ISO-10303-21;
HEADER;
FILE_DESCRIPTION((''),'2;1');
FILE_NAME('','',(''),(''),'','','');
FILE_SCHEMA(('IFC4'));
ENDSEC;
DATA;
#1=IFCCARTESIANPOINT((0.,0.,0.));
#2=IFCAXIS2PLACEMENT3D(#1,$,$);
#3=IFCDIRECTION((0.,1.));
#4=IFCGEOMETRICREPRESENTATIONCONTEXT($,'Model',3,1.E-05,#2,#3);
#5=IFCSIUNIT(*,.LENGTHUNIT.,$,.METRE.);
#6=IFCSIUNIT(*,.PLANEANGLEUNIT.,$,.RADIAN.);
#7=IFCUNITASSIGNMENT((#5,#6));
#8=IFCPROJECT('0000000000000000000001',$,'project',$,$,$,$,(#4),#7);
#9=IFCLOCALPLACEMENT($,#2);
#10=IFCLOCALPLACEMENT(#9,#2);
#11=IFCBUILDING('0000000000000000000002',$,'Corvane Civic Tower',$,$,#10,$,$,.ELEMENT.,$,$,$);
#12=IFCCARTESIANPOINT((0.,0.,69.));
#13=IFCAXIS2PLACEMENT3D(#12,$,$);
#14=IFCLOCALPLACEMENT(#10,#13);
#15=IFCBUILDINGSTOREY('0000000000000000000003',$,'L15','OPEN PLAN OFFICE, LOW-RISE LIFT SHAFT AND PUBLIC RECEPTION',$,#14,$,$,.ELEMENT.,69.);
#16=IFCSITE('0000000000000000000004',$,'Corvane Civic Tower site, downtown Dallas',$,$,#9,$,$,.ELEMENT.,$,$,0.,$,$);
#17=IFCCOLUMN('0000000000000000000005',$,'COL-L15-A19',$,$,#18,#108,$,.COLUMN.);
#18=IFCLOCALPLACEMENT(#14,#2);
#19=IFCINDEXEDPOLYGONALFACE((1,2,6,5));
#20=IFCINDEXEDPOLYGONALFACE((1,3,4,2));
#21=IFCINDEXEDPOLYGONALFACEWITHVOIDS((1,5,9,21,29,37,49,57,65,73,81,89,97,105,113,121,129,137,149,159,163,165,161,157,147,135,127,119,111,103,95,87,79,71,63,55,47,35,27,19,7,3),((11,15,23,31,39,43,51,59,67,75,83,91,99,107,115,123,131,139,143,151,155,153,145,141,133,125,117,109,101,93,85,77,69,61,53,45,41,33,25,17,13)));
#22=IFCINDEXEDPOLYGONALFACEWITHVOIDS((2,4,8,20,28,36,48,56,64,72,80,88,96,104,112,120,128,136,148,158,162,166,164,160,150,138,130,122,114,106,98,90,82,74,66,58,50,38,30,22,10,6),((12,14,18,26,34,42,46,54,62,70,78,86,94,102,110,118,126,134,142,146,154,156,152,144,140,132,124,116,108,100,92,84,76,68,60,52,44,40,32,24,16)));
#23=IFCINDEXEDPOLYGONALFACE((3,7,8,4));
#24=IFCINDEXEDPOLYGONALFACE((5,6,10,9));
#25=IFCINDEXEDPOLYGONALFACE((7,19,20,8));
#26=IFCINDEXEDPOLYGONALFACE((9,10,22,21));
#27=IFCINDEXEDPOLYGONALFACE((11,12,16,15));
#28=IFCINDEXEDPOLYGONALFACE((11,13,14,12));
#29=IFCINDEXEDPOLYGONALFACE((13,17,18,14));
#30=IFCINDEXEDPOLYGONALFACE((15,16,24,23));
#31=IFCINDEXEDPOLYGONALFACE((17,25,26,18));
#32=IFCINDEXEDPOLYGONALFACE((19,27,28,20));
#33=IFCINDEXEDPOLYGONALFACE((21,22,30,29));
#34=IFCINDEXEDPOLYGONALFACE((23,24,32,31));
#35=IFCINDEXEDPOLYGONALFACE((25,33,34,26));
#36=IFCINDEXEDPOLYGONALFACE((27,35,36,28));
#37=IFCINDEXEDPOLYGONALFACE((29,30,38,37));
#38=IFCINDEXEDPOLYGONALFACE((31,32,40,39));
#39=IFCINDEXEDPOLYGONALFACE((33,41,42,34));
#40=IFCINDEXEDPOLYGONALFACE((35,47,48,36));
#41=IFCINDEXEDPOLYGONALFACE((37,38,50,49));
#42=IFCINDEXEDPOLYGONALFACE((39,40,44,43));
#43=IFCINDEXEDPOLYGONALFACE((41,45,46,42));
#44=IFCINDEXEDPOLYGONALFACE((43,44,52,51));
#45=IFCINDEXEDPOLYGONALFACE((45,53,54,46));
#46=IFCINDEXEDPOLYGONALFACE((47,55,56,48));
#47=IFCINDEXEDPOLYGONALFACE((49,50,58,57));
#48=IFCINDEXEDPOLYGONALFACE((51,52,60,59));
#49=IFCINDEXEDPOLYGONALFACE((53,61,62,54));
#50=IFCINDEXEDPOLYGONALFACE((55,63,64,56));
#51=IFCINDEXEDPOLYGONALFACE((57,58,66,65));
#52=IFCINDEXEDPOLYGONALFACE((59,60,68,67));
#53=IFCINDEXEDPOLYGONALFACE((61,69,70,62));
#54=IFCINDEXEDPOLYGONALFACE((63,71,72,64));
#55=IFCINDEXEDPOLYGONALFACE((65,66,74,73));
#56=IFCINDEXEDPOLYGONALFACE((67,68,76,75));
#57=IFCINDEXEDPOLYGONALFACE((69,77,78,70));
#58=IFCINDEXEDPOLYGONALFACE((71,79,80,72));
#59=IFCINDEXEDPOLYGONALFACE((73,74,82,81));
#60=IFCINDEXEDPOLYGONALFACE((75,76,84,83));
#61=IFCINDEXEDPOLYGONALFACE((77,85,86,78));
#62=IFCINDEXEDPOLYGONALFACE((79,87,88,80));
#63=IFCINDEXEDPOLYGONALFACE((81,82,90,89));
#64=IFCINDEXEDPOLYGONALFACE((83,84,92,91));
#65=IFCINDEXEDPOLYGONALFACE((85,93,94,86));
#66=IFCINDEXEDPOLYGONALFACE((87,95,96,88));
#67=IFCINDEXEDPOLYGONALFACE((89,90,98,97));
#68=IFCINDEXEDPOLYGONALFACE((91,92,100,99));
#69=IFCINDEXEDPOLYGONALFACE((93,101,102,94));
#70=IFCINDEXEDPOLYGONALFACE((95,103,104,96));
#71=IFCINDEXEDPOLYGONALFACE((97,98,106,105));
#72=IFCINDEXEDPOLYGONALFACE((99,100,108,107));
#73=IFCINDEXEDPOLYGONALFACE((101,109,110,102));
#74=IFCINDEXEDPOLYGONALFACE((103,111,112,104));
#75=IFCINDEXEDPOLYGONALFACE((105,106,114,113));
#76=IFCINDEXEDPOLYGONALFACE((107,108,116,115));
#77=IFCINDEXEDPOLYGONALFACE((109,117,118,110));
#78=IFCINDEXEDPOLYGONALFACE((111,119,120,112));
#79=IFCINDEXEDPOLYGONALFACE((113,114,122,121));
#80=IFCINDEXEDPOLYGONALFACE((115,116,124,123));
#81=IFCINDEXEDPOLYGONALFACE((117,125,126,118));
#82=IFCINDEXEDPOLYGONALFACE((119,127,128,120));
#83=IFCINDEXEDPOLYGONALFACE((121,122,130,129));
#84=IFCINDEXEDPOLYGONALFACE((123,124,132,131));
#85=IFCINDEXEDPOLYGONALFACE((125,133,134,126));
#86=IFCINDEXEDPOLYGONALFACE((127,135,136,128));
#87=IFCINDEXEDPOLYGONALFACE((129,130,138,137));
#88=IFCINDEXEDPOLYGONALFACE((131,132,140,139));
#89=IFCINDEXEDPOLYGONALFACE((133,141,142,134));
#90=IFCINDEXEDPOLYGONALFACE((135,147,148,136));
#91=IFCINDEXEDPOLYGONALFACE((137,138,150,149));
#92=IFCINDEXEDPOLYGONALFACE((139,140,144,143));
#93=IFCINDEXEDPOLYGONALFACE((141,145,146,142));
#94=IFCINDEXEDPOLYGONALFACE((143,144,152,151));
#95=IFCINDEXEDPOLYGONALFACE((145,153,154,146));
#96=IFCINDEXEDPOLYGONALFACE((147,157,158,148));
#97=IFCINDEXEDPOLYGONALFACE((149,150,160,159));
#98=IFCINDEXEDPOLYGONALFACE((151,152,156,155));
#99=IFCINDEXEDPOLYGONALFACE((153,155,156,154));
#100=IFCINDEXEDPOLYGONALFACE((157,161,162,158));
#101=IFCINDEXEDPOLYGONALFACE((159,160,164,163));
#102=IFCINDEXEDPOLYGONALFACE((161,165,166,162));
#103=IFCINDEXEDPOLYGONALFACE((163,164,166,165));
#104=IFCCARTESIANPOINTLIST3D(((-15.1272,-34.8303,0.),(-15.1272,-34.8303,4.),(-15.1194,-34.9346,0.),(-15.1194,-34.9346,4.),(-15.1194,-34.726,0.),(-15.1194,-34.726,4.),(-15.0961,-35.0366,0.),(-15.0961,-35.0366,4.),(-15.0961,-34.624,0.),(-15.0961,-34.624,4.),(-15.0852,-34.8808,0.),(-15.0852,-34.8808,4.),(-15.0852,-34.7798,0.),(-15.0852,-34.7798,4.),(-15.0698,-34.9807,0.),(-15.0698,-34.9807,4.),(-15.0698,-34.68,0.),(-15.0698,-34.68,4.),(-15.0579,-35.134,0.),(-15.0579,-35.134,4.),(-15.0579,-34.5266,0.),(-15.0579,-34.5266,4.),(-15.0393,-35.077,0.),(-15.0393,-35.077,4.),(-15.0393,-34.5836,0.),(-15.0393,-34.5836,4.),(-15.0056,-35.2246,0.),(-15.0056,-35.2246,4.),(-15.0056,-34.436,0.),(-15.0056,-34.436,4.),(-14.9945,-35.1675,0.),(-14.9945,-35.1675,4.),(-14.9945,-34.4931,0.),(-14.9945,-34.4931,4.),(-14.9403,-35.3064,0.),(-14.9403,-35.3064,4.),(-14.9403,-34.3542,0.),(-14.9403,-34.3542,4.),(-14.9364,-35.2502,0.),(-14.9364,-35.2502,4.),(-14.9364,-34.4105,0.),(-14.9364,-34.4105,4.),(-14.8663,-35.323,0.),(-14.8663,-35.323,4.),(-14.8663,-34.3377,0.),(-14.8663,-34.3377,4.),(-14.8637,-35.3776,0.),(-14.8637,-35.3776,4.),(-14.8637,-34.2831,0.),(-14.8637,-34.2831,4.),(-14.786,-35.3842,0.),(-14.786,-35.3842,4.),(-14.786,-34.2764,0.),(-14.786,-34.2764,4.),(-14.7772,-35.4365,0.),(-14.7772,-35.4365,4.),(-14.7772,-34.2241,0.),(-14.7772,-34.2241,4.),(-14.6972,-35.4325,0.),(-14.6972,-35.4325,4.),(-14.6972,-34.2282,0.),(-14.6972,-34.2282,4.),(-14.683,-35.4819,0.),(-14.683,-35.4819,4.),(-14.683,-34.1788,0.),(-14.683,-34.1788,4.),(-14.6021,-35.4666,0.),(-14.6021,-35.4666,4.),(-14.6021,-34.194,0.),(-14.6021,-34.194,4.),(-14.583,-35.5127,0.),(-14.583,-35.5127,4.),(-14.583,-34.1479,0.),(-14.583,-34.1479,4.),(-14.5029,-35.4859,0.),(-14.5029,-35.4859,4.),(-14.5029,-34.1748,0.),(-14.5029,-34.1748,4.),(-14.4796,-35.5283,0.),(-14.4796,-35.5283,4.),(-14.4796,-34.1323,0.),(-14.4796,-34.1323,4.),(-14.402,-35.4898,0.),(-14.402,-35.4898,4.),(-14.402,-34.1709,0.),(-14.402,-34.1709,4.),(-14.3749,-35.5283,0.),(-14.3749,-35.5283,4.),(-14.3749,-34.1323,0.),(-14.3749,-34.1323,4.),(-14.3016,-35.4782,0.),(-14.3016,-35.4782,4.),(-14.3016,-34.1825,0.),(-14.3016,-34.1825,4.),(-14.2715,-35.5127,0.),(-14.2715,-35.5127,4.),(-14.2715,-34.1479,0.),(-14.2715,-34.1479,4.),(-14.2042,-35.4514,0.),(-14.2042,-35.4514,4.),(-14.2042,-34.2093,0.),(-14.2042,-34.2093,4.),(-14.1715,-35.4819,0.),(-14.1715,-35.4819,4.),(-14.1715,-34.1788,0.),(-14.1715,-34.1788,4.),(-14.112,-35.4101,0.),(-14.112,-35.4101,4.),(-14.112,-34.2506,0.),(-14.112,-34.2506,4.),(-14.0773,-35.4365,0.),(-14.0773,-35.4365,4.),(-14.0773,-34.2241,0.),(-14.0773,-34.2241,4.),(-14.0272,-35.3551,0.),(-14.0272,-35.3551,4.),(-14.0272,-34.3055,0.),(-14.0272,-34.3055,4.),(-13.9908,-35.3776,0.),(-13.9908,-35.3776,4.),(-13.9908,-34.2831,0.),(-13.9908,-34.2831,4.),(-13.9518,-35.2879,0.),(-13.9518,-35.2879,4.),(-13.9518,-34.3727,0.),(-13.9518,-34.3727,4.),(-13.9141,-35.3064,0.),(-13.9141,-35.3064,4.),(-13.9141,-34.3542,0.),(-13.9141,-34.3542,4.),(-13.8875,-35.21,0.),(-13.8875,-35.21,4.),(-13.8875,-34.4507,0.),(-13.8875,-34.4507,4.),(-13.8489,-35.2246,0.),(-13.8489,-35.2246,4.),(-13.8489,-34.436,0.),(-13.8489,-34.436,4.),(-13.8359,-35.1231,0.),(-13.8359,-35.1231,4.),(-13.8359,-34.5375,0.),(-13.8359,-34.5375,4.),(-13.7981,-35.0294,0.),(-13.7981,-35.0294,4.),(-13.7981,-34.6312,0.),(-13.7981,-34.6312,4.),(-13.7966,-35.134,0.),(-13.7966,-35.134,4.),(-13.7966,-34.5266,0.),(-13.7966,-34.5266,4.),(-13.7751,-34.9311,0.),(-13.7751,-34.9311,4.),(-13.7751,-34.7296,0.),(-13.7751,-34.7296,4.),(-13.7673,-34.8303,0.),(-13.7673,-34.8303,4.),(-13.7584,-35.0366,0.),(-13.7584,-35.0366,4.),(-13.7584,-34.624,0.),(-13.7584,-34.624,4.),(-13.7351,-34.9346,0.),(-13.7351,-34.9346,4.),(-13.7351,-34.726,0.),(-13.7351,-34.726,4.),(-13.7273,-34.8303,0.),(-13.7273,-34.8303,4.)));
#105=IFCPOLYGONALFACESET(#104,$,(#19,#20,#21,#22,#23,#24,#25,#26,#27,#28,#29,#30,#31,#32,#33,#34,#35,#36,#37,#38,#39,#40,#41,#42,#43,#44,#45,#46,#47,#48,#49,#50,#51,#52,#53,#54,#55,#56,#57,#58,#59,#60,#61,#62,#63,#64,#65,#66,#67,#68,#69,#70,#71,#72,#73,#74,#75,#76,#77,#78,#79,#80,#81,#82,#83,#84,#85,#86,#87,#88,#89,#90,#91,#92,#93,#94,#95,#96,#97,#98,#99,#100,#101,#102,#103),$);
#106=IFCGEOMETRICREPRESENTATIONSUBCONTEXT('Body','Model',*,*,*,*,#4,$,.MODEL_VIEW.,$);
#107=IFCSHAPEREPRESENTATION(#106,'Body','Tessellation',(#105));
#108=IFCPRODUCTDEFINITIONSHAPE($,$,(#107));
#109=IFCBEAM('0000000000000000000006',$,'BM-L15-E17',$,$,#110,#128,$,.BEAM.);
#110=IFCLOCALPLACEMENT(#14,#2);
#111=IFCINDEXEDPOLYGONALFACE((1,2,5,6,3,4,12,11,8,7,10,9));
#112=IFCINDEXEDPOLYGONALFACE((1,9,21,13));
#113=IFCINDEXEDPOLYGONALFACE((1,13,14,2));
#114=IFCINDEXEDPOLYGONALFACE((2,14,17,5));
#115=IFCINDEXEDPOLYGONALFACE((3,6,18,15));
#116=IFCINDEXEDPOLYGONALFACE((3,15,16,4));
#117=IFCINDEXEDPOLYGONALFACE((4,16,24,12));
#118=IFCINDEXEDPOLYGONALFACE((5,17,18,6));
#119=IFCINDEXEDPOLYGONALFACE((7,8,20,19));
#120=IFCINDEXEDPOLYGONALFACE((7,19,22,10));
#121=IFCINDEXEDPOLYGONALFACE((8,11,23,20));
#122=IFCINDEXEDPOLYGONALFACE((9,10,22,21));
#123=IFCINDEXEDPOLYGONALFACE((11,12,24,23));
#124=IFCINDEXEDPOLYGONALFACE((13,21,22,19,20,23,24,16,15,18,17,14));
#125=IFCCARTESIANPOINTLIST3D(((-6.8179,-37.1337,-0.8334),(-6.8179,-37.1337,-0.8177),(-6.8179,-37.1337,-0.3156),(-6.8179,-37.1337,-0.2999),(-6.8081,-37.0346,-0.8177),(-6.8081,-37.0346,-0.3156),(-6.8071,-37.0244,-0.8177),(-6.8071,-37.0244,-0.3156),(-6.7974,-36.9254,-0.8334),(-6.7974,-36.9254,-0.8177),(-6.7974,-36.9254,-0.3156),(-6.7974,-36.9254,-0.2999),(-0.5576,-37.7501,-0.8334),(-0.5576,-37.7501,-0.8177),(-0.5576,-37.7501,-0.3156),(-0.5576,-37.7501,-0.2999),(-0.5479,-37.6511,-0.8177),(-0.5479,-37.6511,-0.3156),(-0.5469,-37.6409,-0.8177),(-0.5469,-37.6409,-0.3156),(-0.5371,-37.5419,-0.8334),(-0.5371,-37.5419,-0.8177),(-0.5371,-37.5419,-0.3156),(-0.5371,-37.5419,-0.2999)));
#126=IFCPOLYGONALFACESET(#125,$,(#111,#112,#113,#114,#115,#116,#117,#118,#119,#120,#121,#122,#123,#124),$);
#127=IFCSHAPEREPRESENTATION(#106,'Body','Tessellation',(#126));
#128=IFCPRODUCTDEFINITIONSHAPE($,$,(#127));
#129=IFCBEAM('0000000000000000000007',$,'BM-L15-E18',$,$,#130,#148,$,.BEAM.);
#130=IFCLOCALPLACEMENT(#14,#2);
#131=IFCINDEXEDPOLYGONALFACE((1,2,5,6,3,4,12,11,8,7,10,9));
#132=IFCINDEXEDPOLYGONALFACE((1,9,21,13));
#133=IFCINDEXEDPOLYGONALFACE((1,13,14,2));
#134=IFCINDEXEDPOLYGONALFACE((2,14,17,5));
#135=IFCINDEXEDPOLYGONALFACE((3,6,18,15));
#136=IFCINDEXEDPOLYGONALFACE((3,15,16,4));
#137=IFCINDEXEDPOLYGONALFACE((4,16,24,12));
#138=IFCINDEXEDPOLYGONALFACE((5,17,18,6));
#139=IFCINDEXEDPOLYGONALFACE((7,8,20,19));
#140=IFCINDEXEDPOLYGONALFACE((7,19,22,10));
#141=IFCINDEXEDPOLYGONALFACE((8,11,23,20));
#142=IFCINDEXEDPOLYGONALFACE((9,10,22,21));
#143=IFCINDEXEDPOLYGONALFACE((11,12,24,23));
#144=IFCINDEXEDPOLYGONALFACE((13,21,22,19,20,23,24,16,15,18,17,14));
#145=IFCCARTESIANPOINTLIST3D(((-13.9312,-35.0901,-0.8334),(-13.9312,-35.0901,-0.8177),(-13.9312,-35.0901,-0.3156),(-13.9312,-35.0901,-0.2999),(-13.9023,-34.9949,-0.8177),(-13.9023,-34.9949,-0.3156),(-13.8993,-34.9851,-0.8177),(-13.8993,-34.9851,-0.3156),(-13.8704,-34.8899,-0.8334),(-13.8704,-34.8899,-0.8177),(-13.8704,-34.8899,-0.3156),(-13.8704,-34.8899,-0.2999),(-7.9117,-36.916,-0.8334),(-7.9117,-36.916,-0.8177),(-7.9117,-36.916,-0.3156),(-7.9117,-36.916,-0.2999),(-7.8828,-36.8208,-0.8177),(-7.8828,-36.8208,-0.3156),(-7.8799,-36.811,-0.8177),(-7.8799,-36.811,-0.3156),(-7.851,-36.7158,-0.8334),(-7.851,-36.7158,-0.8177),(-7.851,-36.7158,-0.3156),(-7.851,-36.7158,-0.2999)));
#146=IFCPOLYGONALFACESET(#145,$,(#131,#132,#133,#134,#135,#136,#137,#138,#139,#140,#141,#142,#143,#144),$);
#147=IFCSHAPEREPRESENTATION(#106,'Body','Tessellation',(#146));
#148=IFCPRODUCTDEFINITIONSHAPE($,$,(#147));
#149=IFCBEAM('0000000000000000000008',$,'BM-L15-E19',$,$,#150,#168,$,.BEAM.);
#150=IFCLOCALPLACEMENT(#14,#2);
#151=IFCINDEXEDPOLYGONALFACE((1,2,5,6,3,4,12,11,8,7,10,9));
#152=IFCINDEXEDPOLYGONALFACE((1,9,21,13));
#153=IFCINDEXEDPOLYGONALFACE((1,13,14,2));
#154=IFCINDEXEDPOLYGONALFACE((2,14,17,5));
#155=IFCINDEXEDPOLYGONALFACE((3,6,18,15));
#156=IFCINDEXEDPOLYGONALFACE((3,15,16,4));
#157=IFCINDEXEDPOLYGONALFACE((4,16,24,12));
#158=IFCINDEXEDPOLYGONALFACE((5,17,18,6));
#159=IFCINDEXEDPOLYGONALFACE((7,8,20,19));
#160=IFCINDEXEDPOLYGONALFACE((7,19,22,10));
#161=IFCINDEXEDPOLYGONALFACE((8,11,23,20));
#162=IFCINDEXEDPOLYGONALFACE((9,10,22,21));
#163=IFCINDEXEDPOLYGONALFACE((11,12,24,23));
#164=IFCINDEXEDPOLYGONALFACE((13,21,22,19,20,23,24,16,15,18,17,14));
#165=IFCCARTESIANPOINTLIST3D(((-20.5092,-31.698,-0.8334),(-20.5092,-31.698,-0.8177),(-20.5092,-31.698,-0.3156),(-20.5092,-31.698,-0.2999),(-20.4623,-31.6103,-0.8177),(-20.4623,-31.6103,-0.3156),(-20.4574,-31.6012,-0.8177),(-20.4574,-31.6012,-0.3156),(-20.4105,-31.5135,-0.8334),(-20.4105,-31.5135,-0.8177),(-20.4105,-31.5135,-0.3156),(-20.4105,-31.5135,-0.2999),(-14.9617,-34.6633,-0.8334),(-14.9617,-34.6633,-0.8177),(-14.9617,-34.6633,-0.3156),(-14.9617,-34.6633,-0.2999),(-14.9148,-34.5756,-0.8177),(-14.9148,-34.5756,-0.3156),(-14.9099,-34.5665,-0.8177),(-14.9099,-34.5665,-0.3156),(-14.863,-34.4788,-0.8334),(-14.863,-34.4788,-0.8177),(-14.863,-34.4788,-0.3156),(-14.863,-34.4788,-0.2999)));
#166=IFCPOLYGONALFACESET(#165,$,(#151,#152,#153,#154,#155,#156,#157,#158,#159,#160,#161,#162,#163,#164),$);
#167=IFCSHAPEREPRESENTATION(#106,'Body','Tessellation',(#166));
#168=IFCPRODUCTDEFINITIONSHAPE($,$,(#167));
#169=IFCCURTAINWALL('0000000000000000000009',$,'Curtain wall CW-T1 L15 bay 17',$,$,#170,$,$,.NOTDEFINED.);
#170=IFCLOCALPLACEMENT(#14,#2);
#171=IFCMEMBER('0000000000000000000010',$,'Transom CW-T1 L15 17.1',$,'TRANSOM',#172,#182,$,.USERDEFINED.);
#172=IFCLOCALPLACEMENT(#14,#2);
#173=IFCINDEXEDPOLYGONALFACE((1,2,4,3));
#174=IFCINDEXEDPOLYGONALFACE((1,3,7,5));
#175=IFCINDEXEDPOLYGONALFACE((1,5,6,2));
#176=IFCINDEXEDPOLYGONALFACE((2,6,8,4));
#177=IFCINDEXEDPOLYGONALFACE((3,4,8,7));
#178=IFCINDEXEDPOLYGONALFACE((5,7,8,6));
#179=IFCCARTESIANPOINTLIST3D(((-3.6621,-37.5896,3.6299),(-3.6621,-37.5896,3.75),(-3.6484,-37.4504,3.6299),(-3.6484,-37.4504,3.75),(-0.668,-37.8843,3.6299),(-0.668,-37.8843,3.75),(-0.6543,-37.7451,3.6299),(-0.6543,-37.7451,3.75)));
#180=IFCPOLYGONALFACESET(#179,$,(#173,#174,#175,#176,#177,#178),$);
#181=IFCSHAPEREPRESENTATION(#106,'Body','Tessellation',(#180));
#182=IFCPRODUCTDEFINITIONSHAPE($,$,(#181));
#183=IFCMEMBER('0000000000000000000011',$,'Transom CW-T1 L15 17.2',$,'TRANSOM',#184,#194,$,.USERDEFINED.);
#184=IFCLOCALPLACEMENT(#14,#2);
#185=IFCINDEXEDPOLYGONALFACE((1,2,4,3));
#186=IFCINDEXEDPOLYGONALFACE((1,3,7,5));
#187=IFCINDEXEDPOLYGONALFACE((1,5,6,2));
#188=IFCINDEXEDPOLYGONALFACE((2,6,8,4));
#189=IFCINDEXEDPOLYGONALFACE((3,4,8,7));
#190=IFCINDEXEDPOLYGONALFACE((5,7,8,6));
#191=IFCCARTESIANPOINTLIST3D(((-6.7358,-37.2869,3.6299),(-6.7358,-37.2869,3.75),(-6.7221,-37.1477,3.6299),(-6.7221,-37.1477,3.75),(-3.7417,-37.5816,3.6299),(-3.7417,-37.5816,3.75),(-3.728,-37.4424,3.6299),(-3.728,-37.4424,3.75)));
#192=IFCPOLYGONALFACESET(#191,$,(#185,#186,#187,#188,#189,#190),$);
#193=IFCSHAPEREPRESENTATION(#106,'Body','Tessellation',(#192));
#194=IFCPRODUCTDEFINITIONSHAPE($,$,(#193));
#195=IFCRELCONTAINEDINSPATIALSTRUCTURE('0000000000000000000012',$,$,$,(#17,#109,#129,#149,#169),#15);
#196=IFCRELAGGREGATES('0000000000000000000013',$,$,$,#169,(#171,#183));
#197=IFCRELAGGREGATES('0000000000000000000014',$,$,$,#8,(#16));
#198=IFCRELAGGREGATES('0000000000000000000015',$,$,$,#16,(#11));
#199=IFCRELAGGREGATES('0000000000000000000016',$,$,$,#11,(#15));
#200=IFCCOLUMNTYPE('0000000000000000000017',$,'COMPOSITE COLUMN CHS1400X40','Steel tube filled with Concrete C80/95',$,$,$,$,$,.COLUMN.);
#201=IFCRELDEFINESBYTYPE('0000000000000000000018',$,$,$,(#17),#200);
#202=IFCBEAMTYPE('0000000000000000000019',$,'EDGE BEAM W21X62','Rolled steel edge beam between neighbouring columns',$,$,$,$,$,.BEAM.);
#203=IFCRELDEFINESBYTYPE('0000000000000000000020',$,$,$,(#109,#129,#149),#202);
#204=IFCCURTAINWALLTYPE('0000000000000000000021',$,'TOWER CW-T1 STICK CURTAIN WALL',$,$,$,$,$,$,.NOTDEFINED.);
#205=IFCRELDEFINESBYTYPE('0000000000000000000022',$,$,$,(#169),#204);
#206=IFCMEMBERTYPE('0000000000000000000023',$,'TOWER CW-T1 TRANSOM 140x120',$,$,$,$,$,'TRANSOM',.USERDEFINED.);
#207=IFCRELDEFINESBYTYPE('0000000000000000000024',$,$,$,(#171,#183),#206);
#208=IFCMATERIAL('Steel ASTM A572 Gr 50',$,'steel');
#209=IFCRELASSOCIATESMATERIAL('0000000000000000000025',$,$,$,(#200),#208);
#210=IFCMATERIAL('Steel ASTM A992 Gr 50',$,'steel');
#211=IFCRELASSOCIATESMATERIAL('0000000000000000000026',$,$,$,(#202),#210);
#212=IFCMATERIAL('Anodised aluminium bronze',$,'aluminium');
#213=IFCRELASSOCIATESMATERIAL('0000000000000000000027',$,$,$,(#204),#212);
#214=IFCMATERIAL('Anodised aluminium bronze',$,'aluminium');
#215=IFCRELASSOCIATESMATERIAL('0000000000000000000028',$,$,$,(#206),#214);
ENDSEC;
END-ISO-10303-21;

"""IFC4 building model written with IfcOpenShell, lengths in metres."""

from ifc_helpers import new_model, si_unit, direction, frame, origin, origin_2d, place, context, subcontext, project, spatial, rectangle, hollow_circle, i_section, extrude, material, material_profile, profile_set, type_object, element, aggregate, save


model = new_model("IFC4")

# Units and contexts
model_context = context("Model", 3, precision=1e-05, world=origin(), true_north=direction((0.0, 1.0)))
body_context = subcontext(model_context, "Body", "Model", "MODEL_VIEW")
ifc_project = project(units=[si_unit("LENGTHUNIT", "METRE"), si_unit("PLANEANGLEUNIT", "RADIAN")], contexts=[model_context])

# Site, building, storey
site_placement = place(None, origin())
site = spatial("IfcSite", under=ifc_project, at=site_placement, Name="Corvane Civic Tower site, downtown Dallas", CompositionType="ELEMENT", RefElevation=0.0)
building_placement = place(site_placement, origin())
building = spatial("IfcBuilding", under=site, at=building_placement, Name="Corvane Civic Tower", CompositionType="ELEMENT")
storey_placement = place(building_placement, frame((0.0, 0.0, 69.0)))
storey = spatial("IfcBuildingStorey", under=building, at=storey_placement, Name="L15", Description="OPEN PLAN OFFICE, LOW-RISE LIFT SHAFT AND PUBLIC RECEPTION", CompositionType="ELEMENT", Elevation=69.0)

# Column
ifc_material_1 = material(Name="Steel ASTM A572 Gr 50", Category="steel")
ifc_material_profile_1 = material_profile(ifc_material_1, hollow_circle(Radius=0.7, WallThickness=0.04, at=origin_2d()), Name="CHS1400X40")
ifc_profile_set_1 = profile_set([ifc_material_profile_1], Name="Steel ASTM A572 Gr 50")
column_type = type_object("IfcColumnType", Name="COMPOSITE COLUMN CHS1400X40", Description="Steel tube filled with Concrete C80/95", PredefinedType="COLUMN", material=ifc_profile_set_1)
for number, where, z_axis, x_axis, name in (
    (1, (-14.4272, -34.8303, 0.0), (0.0, 0.0, 1.0), (1.0, 0.0, 0.0), "COL-L15-A19"),
):
    element("IfcColumn", number, at=place(storey_placement, frame(where, z_axis=z_axis, x_axis=x_axis)), inside=storey, type_object=column_type, Name=name, PredefinedType="COLUMN", context=body_context, shape_type="SweptSolid", body=[
        extrude(hollow_circle(Radius=0.7, WallThickness=0.04, at=origin_2d()), origin(), (0.0, 0.0, 1.0), 4.0),
    ])

# Beams
ifc_material_2 = material(Name="Steel ASTM A992 Gr 50", Category="steel")
ifc_material_profile_2 = material_profile(ifc_material_2, i_section(OverallWidth=0.2092, OverallDepth=0.5334, WebThickness=0.0103, FlangeThickness=0.0156, at=origin_2d()), Name="W21X62")
ifc_profile_set_2 = profile_set([ifc_material_profile_2], Name="Steel ASTM A992 Gr 50")
beam_type = type_object("IfcBeamType", Name="EDGE BEAM W21X62", Description="Rolled steel edge beam between neighbouring columns", PredefinedType="BEAM", material=ifc_profile_set_2)
beam_placement = place(storey_placement, frame((-0.5474, -37.646, -0.5667), z_axis=(-0.995187, 0.097997, 0.0), x_axis=(-0.097997, -0.995187, 0.0)))
element("IfcBeam", 2, at=beam_placement, inside=storey, type_object=beam_type, Name="BM-L15-E17", PredefinedType="BEAM", context=body_context, shape_type="SweptSolid", body=[
    extrude(i_section(OverallWidth=0.2092, OverallDepth=0.5334, WebThickness=0.0103, FlangeThickness=0.0156, at=origin_2d()), origin(), (0.0, 0.0, 1.0), 6.2905),
])
for number, where, z_axis, x_axis, name in (
    (3, (-7.8813, -36.8159, -0.5667), (-0.956944, 0.290273, 0.0), (-0.290273, -0.956944, 0.0), "BM-L15-E18"),
    (4, (-14.9124, -34.571, -0.5667), (-0.881916, 0.471406, 0.0), (-0.471406, -0.881916, 0.0), "BM-L15-E19"),
):
    element("IfcBeam", number, at=place(storey_placement, frame(where, z_axis=z_axis, x_axis=x_axis)), inside=storey, type_object=beam_type, Name=name, PredefinedType="BEAM", context=body_context, shape_type="SweptSolid", body=[
        extrude(i_section(OverallWidth=0.2092, OverallDepth=0.5334, WebThickness=0.0103, FlangeThickness=0.0156, at=origin_2d()), origin(), (0.0, 0.0, 1.0), 6.2903),
    ])

# Curtain wall, members
ifc_material_3 = material(Name="Anodised aluminium bronze", Category="aluminium")
curtain_wall_type = type_object("IfcCurtainWallType", Name="TOWER CW-T1 STICK CURTAIN WALL", PredefinedType="NOTDEFINED", material=ifc_material_3)
curtain_wall_1_placement = place(storey_placement, origin())
curtain_wall_1 = element("IfcCurtainWall", 5, at=curtain_wall_1_placement, inside=storey, type_object=curtain_wall_type, Name="Curtain wall CW-T1 L15 bay 17", PredefinedType="NOTDEFINED")
ifc_material_4 = material(Name="Anodised aluminium bronze", Category="aluminium")
ifc_material_profile_3 = material_profile(ifc_material_4, rectangle(XDim=0.1399, YDim=0.1201, at=origin_2d()), Name="TOWER CW-T1 TRANSOM 140x120")
ifc_profile_set_3 = profile_set([ifc_material_profile_3], Name="Anodised aluminium bronze")
member_type_1 = type_object("IfcMemberType", Name="TOWER CW-T1 TRANSOM 140x120", ElementType="TRANSOM", PredefinedType="USERDEFINED", material=ifc_profile_set_3)
member_1_placement = place(storey_placement, frame((-0.6611, -37.8147, 3.6899), z_axis=(-0.995192, 0.097945, 0.0), x_axis=(-0.097945, -0.995192, 0.0)))
member_1 = element("IfcMember", 6, at=member_1_placement, type_object=member_type_1, Name="Transom CW-T1 L15 17.1", ObjectType="TRANSOM", PredefinedType="USERDEFINED", context=body_context, shape_type="SweptSolid", body=[
    extrude(rectangle(XDim=0.1399, YDim=0.1201, at=origin_2d()), origin(), (0.0, 0.0, 1.0), 3.0085),
])
member_2_placement = place(storey_placement, frame((-3.7349, -37.512, 3.6899), z_axis=(-0.995192, 0.097945, 0.0), x_axis=(-0.097945, -0.995192, 0.0)))
member_2 = element("IfcMember", 7, at=member_2_placement, type_object=member_type_1, Name="Transom CW-T1 L15 17.2", ObjectType="TRANSOM", PredefinedType="USERDEFINED", context=body_context, shape_type="SweptSolid", body=[
    extrude(rectangle(XDim=0.1399, YDim=0.1201, at=origin_2d()), origin(), (0.0, 0.0, 1.0), 3.0085),
])

aggregate(curtain_wall_1, [member_1, member_2])

save(model, "model.ifc")
